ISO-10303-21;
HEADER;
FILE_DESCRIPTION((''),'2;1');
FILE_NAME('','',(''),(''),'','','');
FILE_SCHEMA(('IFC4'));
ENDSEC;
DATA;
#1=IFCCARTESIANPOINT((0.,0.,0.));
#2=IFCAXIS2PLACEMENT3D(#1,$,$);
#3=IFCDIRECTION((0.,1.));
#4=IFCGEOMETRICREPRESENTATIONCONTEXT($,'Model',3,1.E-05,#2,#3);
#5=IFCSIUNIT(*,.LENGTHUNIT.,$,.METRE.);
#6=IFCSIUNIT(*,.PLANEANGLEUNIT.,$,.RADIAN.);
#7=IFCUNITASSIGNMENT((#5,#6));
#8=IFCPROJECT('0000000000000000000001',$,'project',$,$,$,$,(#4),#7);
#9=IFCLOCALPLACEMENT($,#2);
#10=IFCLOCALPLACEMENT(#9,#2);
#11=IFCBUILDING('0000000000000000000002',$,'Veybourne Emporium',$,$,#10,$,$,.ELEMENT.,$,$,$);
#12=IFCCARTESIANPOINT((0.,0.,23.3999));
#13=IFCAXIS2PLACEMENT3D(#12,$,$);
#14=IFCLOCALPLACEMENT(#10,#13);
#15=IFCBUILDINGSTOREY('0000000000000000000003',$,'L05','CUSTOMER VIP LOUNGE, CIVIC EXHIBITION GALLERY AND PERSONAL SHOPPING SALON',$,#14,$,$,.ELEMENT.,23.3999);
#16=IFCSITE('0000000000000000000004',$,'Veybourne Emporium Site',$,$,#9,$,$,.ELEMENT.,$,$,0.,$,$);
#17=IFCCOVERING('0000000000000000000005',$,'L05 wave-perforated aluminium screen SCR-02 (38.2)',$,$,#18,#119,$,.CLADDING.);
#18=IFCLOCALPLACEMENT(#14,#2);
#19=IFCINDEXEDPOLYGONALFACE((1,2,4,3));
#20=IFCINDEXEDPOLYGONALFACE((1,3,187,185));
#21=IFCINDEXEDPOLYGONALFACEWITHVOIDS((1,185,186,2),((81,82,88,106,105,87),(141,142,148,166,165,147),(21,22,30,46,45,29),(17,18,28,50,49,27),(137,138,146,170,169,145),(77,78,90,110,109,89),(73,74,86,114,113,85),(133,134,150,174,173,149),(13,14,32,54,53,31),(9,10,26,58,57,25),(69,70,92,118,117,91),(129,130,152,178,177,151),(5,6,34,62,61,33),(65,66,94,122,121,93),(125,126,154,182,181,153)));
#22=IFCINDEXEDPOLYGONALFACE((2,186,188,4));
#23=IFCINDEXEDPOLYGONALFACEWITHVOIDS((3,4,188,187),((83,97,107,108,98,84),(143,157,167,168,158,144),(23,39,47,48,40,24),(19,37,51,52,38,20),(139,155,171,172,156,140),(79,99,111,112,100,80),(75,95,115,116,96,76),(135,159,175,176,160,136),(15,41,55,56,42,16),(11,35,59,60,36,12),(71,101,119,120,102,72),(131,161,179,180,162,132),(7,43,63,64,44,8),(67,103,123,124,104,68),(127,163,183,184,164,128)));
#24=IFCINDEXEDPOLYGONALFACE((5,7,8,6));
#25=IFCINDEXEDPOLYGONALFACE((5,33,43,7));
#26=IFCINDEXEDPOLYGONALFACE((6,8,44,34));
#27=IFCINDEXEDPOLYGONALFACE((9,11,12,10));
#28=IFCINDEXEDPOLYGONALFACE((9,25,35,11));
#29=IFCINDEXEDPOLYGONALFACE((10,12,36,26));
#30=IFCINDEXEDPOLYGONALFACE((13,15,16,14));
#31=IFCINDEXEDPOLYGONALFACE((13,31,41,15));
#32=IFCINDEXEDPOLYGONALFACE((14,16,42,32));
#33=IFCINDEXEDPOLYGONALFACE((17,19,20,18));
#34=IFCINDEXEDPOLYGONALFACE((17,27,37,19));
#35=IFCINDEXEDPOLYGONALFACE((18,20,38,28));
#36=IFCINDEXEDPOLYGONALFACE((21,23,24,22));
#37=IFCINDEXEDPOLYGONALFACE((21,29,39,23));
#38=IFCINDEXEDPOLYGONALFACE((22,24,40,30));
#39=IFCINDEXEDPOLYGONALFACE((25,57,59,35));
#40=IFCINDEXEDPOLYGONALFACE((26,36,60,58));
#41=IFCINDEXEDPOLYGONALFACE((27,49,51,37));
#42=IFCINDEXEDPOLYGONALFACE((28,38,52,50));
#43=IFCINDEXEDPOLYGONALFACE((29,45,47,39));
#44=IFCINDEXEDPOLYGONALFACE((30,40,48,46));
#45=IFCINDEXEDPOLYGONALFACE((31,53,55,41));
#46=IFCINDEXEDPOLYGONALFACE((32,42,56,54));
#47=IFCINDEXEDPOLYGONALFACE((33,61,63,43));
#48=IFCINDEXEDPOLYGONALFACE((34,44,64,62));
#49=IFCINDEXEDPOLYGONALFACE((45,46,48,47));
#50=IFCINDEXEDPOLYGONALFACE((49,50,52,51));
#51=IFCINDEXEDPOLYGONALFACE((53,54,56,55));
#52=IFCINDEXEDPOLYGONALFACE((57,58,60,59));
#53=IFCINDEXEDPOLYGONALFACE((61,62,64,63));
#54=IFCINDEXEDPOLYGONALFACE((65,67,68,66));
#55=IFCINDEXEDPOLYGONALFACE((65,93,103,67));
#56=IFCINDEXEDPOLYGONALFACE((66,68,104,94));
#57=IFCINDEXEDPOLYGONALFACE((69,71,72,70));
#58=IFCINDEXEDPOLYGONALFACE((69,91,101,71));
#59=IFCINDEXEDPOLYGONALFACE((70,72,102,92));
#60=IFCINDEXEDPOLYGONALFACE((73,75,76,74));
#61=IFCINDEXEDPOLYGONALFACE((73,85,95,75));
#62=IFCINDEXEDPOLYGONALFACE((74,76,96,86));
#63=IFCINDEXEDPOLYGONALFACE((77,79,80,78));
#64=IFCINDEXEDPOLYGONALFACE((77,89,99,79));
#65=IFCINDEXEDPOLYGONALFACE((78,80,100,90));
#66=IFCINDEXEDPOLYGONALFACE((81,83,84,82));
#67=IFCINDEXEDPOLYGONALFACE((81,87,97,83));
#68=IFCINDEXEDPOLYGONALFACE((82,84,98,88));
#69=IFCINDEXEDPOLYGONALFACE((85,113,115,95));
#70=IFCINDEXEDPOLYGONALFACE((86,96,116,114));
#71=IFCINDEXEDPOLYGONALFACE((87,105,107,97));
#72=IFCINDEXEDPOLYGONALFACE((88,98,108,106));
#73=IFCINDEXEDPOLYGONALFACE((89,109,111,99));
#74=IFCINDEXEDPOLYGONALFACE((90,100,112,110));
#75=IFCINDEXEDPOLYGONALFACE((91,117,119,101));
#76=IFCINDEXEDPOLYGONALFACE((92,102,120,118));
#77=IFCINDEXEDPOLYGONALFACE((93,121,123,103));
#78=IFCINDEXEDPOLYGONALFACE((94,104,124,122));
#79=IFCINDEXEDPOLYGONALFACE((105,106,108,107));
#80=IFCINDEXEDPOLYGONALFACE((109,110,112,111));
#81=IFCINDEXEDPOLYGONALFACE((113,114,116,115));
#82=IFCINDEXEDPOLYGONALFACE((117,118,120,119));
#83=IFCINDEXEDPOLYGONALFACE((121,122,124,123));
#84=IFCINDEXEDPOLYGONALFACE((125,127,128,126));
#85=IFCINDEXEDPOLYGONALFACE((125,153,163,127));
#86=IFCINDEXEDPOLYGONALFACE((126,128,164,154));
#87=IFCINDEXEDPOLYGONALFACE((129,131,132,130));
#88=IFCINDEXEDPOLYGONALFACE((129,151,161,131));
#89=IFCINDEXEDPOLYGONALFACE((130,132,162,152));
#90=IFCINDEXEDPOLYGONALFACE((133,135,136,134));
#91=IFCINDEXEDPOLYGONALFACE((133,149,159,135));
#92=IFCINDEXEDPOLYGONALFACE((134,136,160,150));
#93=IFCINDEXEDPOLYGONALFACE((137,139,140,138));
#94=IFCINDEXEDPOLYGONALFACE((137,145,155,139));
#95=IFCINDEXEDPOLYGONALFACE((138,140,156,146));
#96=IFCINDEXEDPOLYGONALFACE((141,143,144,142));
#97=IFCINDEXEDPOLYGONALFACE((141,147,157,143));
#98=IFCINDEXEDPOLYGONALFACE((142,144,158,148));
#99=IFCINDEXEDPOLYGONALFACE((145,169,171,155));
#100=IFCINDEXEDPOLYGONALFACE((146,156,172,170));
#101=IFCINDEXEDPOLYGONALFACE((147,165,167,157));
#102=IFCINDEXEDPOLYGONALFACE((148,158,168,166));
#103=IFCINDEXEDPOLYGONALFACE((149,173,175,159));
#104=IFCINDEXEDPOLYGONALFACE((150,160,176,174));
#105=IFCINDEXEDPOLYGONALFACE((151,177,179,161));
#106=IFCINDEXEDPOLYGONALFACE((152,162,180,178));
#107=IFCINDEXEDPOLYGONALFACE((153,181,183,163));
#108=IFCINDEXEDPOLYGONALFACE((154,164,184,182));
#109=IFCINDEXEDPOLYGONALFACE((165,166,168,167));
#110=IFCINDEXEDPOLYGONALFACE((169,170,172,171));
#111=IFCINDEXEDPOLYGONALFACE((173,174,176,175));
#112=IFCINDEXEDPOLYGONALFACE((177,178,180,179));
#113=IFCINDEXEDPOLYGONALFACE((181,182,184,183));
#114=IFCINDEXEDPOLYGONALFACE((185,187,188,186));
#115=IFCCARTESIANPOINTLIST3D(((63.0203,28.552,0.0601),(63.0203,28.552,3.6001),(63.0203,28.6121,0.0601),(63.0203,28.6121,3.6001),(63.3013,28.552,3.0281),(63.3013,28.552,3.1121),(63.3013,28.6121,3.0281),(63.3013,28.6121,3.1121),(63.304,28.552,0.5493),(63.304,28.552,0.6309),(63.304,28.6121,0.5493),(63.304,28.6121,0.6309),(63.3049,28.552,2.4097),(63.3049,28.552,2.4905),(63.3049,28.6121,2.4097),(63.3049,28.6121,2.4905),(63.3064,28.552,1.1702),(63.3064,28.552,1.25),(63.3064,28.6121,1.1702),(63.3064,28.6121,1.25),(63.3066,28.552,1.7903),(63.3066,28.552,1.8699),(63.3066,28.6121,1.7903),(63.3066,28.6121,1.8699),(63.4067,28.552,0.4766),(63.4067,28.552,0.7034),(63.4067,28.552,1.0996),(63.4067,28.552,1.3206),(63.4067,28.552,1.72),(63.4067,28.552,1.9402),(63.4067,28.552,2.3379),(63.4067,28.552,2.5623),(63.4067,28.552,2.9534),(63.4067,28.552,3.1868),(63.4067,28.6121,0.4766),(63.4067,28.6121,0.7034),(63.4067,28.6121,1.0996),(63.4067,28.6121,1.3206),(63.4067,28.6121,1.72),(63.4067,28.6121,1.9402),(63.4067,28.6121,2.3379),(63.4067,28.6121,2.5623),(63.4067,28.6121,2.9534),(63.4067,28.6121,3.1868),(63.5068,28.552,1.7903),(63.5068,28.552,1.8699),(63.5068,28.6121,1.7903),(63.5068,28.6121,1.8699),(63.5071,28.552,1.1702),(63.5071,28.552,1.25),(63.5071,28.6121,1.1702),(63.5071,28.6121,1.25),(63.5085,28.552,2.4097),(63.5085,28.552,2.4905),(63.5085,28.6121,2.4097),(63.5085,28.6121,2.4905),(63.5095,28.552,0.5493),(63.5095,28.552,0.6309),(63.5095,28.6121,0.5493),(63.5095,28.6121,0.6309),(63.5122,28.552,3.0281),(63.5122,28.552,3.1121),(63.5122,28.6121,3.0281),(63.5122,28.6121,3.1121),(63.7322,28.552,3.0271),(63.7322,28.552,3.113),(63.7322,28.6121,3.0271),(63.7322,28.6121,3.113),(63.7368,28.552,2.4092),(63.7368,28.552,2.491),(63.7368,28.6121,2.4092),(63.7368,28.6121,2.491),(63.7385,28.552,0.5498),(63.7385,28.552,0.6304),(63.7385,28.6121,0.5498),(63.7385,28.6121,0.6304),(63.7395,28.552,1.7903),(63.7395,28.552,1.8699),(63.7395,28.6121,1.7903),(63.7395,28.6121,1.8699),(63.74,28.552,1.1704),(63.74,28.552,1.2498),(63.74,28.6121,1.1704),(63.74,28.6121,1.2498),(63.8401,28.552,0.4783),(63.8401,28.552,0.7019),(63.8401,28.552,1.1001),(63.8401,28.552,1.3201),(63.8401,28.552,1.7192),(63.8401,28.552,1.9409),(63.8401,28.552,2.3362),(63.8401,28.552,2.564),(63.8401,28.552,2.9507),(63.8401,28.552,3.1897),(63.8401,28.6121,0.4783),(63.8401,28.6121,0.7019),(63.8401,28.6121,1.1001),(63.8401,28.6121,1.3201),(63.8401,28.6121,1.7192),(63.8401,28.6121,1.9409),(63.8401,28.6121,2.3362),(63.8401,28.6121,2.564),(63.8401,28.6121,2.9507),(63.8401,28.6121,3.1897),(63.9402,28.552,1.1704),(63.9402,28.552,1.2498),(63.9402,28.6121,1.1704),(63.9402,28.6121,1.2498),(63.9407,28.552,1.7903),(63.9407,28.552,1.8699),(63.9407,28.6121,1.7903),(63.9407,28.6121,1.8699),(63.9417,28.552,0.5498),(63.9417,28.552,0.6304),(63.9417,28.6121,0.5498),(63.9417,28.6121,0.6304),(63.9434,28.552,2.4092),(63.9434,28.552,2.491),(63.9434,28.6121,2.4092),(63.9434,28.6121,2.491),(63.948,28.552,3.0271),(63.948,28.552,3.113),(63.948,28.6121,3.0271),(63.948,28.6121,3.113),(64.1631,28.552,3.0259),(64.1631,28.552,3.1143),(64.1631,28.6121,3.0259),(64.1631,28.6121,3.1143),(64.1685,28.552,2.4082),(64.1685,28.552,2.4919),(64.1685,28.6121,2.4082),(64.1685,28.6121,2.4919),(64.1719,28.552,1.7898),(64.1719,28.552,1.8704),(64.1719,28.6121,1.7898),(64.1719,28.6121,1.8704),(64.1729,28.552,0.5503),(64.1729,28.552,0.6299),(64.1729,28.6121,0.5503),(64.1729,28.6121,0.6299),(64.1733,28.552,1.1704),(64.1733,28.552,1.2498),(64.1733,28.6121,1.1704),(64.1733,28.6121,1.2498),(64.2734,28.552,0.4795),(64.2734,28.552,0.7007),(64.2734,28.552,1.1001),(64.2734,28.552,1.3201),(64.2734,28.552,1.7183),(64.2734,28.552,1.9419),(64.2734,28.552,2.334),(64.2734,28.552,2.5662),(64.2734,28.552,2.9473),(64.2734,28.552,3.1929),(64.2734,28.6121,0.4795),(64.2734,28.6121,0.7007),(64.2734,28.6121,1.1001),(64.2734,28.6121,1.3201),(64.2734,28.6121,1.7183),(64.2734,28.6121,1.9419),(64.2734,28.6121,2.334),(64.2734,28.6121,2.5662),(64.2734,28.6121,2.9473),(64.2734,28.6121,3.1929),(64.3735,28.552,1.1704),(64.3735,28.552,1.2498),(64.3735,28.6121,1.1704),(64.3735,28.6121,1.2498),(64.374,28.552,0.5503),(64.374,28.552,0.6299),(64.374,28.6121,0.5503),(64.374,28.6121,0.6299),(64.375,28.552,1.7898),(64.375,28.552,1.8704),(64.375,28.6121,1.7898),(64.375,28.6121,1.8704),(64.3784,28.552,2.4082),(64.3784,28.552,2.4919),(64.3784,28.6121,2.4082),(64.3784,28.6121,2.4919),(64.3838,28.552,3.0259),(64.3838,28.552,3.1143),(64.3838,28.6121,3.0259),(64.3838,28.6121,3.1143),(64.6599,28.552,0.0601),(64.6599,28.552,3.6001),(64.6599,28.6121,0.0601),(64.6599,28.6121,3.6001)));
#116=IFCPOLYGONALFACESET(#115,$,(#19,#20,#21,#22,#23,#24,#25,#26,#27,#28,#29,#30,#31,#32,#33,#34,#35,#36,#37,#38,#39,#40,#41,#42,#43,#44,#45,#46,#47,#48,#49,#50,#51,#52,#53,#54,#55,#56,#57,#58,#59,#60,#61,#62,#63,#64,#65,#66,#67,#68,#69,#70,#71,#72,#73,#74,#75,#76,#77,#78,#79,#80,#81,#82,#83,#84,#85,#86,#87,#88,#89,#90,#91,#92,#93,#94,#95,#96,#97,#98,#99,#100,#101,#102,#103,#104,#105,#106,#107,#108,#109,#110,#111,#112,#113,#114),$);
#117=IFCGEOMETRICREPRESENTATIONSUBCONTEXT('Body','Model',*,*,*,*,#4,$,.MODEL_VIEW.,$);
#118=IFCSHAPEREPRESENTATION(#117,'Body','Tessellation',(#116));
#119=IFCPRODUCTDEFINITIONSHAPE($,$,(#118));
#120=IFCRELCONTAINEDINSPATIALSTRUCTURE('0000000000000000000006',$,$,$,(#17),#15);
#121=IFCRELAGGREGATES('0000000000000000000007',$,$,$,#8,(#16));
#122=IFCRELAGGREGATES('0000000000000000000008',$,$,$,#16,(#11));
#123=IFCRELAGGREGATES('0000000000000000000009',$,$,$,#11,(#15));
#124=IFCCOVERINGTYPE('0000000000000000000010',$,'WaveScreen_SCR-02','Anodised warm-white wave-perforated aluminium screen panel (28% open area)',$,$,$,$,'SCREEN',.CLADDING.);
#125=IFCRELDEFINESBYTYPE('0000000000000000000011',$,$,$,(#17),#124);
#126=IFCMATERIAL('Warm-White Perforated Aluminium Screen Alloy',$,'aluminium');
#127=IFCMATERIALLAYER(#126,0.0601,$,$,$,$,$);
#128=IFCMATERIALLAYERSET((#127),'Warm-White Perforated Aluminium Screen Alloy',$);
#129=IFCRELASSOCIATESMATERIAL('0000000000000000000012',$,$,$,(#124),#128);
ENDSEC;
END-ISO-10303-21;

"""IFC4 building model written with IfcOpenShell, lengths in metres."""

from ifc_helpers import new_model, si_unit, direction, frame, origin, place, context, subcontext, project, spatial, polyline, outline, extrude, material, layer, layer_set, type_object, element, save


model = new_model("IFC4")

# Units and contexts
model_context = context("Model", 3, precision=1e-05, world=origin(), true_north=direction((0.0, 1.0)))
body_context = subcontext(model_context, "Body", "Model", "MODEL_VIEW")
ifc_project = project(units=[si_unit("LENGTHUNIT", "METRE"), si_unit("PLANEANGLEUNIT", "RADIAN")], contexts=[model_context])

# Site, building, storey
site_placement = place(None, origin())
site = spatial("IfcSite", under=ifc_project, at=site_placement, Name="Veybourne Emporium Site", CompositionType="ELEMENT", RefElevation=0.0)
building_placement = place(site_placement, origin())
building = spatial("IfcBuilding", under=site, at=building_placement, Name="Veybourne Emporium", CompositionType="ELEMENT")
storey_placement = place(building_placement, frame((0.0, 0.0, 23.3999)))
storey = spatial("IfcBuildingStorey", under=building, at=storey_placement, Name="L05", Description="CUSTOMER VIP LOUNGE, CIVIC EXHIBITION GALLERY AND PERSONAL SHOPPING SALON", CompositionType="ELEMENT", Elevation=23.3999)

# Covering
ifc_material_1 = material(Name="Warm-White Perforated Aluminium Screen Alloy", Category="aluminium")
ifc_layer_1 = layer(ifc_material_1, 0.0601)
ifc_layer_set_1 = layer_set([ifc_layer_1], Name="Warm-White Perforated Aluminium Screen Alloy")
covering_type_1 = type_object("IfcCoveringType", Name="WaveScreen_SCR-02", Description="Anodised warm-white wave-perforated aluminium screen panel (28% open area)", ElementType="SCREEN", PredefinedType="CLADDING", material=ifc_layer_set_1)
covering_1_placement = place(storey_placement, frame((63.8401, 28.552, 1.8301), z_axis=(0.0, 1.0, 0.0), x_axis=(-1.0, 0.0, 0.0)))
element("IfcCovering", 1, at=covering_1_placement, inside=storey, type_object=covering_type_1, Name="L05 wave-perforated aluminium screen SCR-02 (38.2)", PredefinedType="CLADDING", context=body_context, shape_type="SweptSolid", body=[
    extrude(outline(polyline([(-0.8198, -1.77), (0.8198, -1.77), (0.8198, 1.77), (-0.8198, 1.77), (-0.8198, -1.77)]), holes=[polyline([(-0.4333, -1.1294), (-0.3328, -1.2002), (-0.3328, -1.2798), (-0.4333, -1.3506), (-0.5339, -1.2798), (-0.5339, -1.2002), (-0.4333, -1.1294)]), polyline([(-0.4333, -0.51), (-0.3333, -0.5803), (-0.3333, -0.6597), (-0.4333, -0.73), (-0.5334, -0.6597), (-0.5334, -0.5803), (-0.4333, -0.51)]), polyline([(-0.4333, 0.1118), (-0.3318, 0.0403), (-0.3318, -0.0403), (-0.4333, -0.1118), (-0.5349, -0.0403), (-0.5349, 0.0403), (-0.4333, 0.1118)]), polyline([(-0.4333, 0.7361), (-0.3284, 0.6619), (-0.3284, 0.5781), (-0.4333, 0.5039), (-0.5383, 0.5781), (-0.5383, 0.6619), (-0.4333, 0.7361)]), polyline([(-0.4333, 1.3628), (-0.323, 1.2842), (-0.323, 1.1958), (-0.4333, 1.1172), (-0.5437, 1.1958), (-0.5437, 1.2842), (-0.4333, 1.3628)]), polyline([(0.0, -1.1282), (0.1016, -1.1997), (0.1016, -1.2803), (0.0, -1.3518), (-0.1016, -1.2803), (-0.1016, -1.1997), (0.0, -1.1282)]), polyline([(0.0, -0.51), (0.1001, -0.5803), (0.1001, -0.6597), (0.0, -0.73), (-0.1001, -0.6597), (-0.1001, -0.5803), (0.0, -0.51)]), polyline([(0.0, 0.1108), (0.1006, 0.0398), (0.1006, -0.0398), (0.0, -0.1108), (-0.1006, -0.0398), (-0.1006, 0.0398), (0.0, 0.1108)]), polyline([(0.0, 0.7339), (0.1033, 0.6609), (0.1033, 0.5791), (0.0, 0.5061), (-0.1033, 0.5791), (-0.1033, 0.6609), (0.0, 0.7339)]), polyline([(0.0, 1.3596), (0.1079, 1.283), (0.1079, 1.197), (0.0, 1.1206), (-0.1079, 1.197), (-0.1079, 1.283), (0.0, 1.3596)]), polyline([(0.4333, -1.1267), (0.5361, -1.1992), (0.5361, -1.2808), (0.4333, -1.3535), (0.3306, -1.2808), (0.3306, -1.1992), (0.4333, -1.1267)]), polyline([(0.4333, -0.5095), (0.5337, -0.5801), (0.5337, -0.6599), (0.4333, -0.7305), (0.333, -0.6599), (0.333, -0.5801), (0.4333, -0.5095)]), polyline([(0.4333, 0.1101), (0.5334, 0.0398), (0.5334, -0.0398), (0.4333, -0.1101), (0.3333, -0.0398), (0.3333, 0.0398), (0.4333, 0.1101)]), polyline([(0.4333, 0.7322), (0.5352, 0.6604), (0.5352, 0.5796), (0.4333, 0.5078), (0.3315, 0.5796), (0.3315, 0.6604), (0.4333, 0.7322)]), polyline([(0.4333, 1.3567), (0.5388, 1.282), (0.5388, 1.198), (0.4333, 1.1233), (0.3279, 1.198), (0.3279, 1.282), (0.4333, 1.3567)])]), origin(), (0.0, 0.0, 1.0), 0.0601),
])

save(model, "model.ifc")
